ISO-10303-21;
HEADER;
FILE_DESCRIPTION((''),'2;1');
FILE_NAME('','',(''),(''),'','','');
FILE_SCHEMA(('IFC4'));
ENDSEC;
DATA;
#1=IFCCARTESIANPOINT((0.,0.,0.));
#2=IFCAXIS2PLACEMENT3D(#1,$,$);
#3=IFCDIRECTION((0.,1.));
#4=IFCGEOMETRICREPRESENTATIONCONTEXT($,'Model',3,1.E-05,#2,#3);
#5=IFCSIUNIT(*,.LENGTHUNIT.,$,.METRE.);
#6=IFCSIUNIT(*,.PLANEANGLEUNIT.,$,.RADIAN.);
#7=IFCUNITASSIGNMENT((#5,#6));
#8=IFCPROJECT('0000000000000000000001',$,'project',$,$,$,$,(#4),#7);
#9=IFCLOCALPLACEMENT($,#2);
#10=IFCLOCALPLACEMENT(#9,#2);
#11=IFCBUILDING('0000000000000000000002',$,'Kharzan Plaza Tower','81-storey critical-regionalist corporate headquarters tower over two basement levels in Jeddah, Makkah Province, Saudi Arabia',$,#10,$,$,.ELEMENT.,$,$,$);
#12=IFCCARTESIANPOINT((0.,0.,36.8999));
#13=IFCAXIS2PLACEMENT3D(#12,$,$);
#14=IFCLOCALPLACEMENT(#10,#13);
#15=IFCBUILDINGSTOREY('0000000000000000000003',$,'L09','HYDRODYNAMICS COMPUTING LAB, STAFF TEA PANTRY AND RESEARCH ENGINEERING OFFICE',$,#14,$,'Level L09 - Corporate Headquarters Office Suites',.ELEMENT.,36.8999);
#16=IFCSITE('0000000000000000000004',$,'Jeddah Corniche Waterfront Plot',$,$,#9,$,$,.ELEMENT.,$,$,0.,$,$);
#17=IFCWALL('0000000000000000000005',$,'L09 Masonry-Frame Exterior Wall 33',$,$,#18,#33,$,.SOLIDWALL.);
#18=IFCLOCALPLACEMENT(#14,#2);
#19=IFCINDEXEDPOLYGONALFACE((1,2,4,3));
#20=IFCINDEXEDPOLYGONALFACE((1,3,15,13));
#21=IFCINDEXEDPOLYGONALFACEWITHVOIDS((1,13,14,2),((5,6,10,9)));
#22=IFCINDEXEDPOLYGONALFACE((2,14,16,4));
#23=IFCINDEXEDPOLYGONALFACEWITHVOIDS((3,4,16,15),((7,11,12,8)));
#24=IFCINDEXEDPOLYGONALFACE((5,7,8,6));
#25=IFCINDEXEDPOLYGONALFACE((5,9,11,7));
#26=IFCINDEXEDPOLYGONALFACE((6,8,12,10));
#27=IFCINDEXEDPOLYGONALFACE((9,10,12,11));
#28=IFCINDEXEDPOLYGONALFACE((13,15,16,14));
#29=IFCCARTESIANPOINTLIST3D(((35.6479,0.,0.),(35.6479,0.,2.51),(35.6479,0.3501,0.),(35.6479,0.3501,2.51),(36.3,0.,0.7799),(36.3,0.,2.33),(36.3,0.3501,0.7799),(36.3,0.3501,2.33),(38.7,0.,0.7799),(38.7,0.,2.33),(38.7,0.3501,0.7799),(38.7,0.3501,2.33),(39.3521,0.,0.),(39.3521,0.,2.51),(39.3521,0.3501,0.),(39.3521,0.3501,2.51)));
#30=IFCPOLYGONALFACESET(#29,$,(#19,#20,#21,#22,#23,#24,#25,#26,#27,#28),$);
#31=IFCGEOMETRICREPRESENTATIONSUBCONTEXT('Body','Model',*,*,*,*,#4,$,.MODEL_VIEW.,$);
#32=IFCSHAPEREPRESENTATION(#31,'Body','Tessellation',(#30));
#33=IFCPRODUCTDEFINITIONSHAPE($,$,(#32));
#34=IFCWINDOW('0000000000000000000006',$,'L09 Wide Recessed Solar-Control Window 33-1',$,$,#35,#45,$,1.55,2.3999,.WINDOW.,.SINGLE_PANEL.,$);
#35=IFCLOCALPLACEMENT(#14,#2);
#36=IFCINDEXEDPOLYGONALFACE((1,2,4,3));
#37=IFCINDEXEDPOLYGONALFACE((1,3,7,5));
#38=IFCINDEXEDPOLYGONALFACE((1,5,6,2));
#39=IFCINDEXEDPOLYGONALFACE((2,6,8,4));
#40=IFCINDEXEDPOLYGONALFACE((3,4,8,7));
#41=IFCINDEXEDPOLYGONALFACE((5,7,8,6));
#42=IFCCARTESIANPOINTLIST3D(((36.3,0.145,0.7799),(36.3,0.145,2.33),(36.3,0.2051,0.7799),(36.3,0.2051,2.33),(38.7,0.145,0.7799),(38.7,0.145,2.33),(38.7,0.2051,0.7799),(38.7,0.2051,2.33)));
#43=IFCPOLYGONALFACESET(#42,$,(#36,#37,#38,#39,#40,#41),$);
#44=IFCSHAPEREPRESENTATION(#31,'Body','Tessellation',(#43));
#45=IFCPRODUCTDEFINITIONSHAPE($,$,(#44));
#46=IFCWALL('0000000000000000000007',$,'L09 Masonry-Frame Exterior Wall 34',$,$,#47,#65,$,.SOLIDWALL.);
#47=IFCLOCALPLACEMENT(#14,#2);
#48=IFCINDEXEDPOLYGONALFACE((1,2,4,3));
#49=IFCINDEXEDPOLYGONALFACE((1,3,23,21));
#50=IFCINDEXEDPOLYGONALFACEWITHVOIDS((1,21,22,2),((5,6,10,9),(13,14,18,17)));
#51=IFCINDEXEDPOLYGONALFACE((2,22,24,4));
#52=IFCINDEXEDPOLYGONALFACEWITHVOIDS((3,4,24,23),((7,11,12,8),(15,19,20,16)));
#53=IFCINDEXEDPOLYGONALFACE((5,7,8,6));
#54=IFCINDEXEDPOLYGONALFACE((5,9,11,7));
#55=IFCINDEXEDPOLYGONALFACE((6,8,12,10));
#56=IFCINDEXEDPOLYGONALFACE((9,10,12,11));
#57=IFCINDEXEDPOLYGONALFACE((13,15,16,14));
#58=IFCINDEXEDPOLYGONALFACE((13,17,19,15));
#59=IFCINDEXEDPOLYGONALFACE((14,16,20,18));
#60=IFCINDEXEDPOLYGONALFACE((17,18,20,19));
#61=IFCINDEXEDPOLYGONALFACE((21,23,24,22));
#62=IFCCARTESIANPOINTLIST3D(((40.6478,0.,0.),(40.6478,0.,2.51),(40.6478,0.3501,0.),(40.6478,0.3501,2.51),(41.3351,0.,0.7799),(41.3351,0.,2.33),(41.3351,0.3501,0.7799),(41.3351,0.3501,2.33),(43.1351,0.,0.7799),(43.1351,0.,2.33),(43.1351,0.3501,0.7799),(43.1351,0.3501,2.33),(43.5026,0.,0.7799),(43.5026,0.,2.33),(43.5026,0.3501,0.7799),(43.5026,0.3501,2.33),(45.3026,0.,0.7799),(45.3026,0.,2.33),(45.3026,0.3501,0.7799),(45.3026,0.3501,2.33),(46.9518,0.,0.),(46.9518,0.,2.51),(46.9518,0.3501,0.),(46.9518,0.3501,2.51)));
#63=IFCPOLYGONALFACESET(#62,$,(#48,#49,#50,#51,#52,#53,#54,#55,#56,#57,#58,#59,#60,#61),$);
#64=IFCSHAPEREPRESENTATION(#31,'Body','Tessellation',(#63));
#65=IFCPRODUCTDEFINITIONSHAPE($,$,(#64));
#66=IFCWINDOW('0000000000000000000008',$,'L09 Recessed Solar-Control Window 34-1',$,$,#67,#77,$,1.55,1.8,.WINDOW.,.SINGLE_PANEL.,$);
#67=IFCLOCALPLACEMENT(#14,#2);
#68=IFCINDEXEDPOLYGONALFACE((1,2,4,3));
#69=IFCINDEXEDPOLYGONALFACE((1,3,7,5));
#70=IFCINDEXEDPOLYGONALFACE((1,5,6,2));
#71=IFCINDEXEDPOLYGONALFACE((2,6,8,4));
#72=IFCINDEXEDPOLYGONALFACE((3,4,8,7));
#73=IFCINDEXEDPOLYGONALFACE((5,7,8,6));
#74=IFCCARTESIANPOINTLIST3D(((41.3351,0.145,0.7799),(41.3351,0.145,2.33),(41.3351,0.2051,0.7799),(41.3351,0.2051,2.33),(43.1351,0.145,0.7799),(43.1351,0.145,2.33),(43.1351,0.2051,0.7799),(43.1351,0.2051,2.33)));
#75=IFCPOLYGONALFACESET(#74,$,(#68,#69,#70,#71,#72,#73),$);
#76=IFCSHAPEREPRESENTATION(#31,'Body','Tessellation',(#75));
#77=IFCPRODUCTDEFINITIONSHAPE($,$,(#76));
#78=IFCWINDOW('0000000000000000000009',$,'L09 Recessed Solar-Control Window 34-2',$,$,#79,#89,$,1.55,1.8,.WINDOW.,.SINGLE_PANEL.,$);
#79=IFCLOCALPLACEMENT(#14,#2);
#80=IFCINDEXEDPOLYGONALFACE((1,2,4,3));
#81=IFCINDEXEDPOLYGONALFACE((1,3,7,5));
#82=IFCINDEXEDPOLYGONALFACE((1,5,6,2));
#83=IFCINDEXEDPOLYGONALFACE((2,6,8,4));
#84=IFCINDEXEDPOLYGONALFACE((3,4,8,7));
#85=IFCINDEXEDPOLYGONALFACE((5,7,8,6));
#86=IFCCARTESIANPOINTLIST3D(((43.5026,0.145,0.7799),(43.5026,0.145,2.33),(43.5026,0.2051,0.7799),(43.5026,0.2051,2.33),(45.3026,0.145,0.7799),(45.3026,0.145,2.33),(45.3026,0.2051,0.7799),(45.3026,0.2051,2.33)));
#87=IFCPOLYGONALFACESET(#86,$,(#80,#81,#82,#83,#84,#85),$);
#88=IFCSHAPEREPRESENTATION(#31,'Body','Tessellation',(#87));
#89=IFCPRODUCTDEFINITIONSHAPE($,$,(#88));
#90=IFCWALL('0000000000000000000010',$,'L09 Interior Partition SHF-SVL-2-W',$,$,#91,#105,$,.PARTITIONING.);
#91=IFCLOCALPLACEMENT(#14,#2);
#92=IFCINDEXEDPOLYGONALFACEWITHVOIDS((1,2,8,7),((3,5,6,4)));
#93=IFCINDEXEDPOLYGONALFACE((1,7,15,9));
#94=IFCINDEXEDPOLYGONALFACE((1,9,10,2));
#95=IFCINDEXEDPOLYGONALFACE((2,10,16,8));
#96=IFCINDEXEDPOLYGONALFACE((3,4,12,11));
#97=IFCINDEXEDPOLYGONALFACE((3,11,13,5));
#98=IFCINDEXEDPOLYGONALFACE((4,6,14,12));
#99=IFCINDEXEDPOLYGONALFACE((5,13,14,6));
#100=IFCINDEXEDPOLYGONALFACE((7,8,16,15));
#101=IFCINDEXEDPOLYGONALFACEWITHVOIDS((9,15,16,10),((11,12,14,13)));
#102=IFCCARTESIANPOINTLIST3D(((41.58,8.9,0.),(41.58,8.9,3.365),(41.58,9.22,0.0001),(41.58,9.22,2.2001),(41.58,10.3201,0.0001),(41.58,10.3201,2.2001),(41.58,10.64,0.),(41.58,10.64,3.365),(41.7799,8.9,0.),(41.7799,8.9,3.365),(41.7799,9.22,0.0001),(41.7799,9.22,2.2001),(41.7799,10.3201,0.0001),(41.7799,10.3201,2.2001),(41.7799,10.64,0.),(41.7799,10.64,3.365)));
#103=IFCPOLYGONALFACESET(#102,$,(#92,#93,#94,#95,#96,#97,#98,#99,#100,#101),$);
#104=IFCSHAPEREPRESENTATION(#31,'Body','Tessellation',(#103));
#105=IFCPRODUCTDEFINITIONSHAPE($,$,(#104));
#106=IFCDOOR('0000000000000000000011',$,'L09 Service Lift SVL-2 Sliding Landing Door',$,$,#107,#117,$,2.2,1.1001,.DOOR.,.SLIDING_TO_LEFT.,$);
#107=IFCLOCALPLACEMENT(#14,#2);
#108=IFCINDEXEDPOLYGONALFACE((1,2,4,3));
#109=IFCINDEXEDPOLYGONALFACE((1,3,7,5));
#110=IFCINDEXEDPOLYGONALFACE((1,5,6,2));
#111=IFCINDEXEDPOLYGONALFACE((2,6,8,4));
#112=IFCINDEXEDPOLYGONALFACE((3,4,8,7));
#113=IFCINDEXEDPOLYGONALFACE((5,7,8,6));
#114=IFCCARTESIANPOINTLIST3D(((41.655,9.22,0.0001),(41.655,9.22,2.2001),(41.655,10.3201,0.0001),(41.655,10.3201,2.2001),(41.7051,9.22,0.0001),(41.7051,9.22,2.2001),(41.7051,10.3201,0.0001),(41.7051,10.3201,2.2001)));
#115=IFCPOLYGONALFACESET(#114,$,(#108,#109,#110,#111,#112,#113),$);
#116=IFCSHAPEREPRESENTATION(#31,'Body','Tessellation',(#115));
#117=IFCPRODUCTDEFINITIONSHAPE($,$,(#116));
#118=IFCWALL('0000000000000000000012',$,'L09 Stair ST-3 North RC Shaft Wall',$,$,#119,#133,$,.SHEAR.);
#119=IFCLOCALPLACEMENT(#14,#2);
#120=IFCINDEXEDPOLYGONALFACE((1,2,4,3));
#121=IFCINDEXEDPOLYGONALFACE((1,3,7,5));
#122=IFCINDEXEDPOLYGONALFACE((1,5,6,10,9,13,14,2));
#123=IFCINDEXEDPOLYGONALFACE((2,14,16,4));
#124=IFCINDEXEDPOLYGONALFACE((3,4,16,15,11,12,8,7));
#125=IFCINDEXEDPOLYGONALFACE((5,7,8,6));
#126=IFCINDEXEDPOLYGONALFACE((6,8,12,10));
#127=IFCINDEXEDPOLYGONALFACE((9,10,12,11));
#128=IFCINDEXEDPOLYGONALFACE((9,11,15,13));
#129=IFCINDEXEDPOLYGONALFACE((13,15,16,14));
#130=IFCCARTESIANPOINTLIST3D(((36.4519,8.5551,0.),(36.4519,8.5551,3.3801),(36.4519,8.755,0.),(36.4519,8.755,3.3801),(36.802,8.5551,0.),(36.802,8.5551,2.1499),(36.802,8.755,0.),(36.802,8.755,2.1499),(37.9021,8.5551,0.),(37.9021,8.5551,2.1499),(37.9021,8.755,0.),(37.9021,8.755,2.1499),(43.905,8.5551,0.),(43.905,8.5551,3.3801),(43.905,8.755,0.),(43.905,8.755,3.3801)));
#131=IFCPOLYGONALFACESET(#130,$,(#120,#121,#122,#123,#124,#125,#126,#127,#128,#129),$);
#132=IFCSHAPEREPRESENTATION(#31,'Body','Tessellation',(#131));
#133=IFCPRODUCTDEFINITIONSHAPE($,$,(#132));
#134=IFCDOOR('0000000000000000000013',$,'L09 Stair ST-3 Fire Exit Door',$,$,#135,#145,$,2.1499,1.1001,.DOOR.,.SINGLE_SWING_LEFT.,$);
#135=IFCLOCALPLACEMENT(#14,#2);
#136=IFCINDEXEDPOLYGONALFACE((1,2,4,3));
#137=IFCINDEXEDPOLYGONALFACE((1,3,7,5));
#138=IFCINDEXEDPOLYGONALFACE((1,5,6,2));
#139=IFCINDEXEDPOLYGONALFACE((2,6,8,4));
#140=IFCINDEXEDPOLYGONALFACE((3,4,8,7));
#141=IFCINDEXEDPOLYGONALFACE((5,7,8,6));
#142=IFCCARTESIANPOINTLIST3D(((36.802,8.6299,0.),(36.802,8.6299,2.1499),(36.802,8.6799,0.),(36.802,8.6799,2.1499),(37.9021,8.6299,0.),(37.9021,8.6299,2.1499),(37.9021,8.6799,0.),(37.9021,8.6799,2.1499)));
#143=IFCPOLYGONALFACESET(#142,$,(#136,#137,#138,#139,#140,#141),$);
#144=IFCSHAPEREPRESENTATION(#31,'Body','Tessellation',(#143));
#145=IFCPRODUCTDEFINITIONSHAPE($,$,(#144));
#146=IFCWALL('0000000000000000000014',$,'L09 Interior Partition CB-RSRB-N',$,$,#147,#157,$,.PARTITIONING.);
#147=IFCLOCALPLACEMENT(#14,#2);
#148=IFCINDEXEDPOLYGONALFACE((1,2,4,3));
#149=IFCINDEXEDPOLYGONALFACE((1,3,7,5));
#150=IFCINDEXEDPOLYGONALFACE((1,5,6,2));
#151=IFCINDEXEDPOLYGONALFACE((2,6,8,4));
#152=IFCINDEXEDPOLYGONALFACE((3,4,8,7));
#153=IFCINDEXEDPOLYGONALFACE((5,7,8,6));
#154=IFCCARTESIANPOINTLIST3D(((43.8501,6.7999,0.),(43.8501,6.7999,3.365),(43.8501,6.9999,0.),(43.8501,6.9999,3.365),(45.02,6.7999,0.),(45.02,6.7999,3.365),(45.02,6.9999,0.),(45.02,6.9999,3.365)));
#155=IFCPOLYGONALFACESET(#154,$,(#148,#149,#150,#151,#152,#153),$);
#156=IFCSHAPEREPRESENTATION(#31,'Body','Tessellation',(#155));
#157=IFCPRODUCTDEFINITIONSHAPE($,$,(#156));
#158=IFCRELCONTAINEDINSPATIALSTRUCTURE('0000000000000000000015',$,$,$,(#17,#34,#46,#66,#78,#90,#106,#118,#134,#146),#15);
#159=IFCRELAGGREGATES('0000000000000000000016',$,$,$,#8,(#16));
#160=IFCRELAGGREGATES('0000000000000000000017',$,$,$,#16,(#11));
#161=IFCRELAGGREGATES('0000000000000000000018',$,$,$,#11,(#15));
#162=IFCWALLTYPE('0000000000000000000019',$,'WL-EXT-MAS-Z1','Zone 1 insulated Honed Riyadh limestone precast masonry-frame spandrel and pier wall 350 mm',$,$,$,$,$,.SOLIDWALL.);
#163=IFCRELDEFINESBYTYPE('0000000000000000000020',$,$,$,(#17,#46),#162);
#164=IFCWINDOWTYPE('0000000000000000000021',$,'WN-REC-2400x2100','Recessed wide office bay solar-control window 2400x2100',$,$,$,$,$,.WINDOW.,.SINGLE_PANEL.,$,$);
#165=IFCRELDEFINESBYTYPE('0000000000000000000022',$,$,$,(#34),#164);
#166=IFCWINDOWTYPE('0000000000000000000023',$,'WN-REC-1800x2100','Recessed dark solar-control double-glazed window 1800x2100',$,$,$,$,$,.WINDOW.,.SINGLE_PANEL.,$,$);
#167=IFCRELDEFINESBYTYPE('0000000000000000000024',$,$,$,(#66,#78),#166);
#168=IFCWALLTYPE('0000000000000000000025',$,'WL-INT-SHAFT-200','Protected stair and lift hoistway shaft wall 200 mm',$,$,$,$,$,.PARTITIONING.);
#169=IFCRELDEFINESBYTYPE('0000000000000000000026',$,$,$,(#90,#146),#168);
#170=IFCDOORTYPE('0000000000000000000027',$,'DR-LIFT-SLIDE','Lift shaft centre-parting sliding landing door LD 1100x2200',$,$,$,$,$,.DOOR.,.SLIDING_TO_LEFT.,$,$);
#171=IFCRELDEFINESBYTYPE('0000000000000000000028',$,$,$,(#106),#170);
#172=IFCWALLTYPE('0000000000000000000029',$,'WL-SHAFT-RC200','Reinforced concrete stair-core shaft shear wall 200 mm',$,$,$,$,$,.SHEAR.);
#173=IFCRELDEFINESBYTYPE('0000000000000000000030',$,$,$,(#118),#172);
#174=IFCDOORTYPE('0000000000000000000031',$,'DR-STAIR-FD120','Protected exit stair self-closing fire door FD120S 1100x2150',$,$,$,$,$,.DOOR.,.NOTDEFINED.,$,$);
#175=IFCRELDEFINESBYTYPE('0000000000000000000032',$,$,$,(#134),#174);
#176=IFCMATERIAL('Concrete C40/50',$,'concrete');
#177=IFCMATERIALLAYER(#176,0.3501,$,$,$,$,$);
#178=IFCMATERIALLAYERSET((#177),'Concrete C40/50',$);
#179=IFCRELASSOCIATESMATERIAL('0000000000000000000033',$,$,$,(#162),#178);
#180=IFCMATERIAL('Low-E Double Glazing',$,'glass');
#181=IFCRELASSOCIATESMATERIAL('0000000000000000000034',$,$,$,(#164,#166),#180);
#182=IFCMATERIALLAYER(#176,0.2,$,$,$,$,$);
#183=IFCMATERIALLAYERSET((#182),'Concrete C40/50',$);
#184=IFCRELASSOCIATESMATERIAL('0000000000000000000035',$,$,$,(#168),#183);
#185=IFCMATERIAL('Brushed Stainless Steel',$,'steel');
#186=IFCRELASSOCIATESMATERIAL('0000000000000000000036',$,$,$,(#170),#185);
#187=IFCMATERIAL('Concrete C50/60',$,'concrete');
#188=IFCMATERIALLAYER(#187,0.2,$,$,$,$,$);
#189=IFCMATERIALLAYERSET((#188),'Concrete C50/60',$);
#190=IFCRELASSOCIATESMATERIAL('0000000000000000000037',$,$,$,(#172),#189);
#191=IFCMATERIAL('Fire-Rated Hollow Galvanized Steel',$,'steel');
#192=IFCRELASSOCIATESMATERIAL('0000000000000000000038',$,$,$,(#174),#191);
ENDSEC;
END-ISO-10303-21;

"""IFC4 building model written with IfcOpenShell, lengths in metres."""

from ifc_helpers import new_model, si_unit, direction, frame, frame_2d, origin, place, context, subcontext, project, spatial, rectangle, extrude, source, transform, mapped, material, layer, layer_set, type_object, element, fill, save


model = new_model("IFC4")

# Units and contexts
model_context = context("Model", 3, precision=1e-05, world=origin(), true_north=direction((0.0, 1.0)))
body_context = subcontext(model_context, "Body", "Model", "MODEL_VIEW")
ifc_project = project(units=[si_unit("LENGTHUNIT", "METRE"), si_unit("PLANEANGLEUNIT", "RADIAN")], contexts=[model_context])

# Site, building, storey
site_placement = place(None, origin())
site = spatial("IfcSite", under=ifc_project, at=site_placement, Name="Jeddah Corniche Waterfront Plot", CompositionType="ELEMENT", RefElevation=0.0)
building_placement = place(site_placement, origin())
building = spatial("IfcBuilding", under=site, at=building_placement, Name="Kharzan Plaza Tower", Description="81-storey critical-regionalist corporate headquarters tower over two basement levels in Jeddah, Makkah Province, Saudi Arabia", CompositionType="ELEMENT")
storey_placement = place(building_placement, frame((0.0, 0.0, 36.8999)))
storey = spatial("IfcBuildingStorey", under=building, at=storey_placement, Name="L09", Description="HYDRODYNAMICS COMPUTING LAB, STAFF TEA PANTRY AND RESEARCH ENGINEERING OFFICE", LongName="Level L09 - Corporate Headquarters Office Suites", CompositionType="ELEMENT", Elevation=36.8999)

# Wall, opening, window
ifc_material_1 = material(Name="Concrete C40/50", Category="concrete")
ifc_layer_1 = layer(ifc_material_1, 0.3501)
ifc_layer_set_1 = layer_set([ifc_layer_1], Name="Concrete C40/50")
wall_type_1 = type_object("IfcWallType", Name="WL-EXT-MAS-Z1", Description="Zone 1 insulated Honed Riyadh limestone precast masonry-frame spandrel and pier wall 350 mm", PredefinedType="SOLIDWALL", material=ifc_layer_set_1)
wall_1_placement = place(storey_placement, frame((35.6479, 0.175, 0.0), z_axis=(0.0, 0.0, 1.0), x_axis=(1.0, 0.0, 0.0)))
wall_1 = element("IfcWall", 1, at=wall_1_placement, inside=storey, type_object=wall_type_1, Name="L09 Masonry-Frame Exterior Wall 33", PredefinedType="SOLIDWALL", context=body_context, shape_type="SweptSolid", body=[
    extrude(rectangle(XDim=3.7041, YDim=0.3501, at=frame_2d((1.8521, 0.0))), origin(), (0.0, 0.0, 1.0), 2.51),
])
opening_1_placement = place(wall_1_placement, frame((0.6521, 0.0, 0.78)))
opening_1 = element("IfcOpeningElement", 2, at=opening_1_placement, cuts=wall_1, PredefinedType="OPENING", context=body_context, shape_type="SweptSolid", body=[
    extrude(rectangle(XDim=2.3999, YDim=1.55, at=frame_2d((1.2, 0.7749))), frame((0.0, 0.1851, 0.0), z_axis=(0.0, -1.0, 0.0), x_axis=(1.0, 0.0, 0.0)), (0.0, 0.0, 1.0), 0.3701),
])
ifc_material_2 = material(Name="Low-E Double Glazing", Category="glass")
window_type_1 = type_object("IfcWindowType", Name="WN-REC-2400x2100", Description="Recessed wide office bay solar-control window 2400x2100", PartitioningType="SINGLE_PANEL", PredefinedType="WINDOW", material=ifc_material_2)
shared_shape_1 = source(origin(), body_context, "Body", "SweptSolid", [
    extrude(rectangle(XDim=2.3999, YDim=1.55, at=frame_2d((1.2, 0.7749))), frame((0.0, 0.03, 0.0), z_axis=(0.0, -1.0, 0.0), x_axis=(1.0, 0.0, 0.0)), (0.0, 0.0, 1.0), 0.0601),
])
window_1_placement = place(opening_1_placement, origin())
window_1 = element("IfcWindow", 3, at=window_1_placement, inside=storey, type_object=window_type_1, Name="L09 Wide Recessed Solar-Control Window 33-1", OverallHeight=1.55, OverallWidth=2.3999, PartitioningType="SINGLE_PANEL", PredefinedType="WINDOW", context=body_context, shape_type="MappedRepresentation", body=[
    mapped(shared_shape_1, transform((0.0, 0.0, 0.0), x_axis=(1.0, 0.0, 0.0), y_axis=(0.0, 1.0, 0.0), z_axis=(0.0, 0.0, 1.0))),
])
fill(opening_1, window_1)

# Wall, openings, windows
wall_2_placement = place(storey_placement, frame((40.6479, 0.175, 0.0), z_axis=(0.0, 0.0, 1.0), x_axis=(1.0, 0.0, 0.0)))
wall_2 = element("IfcWall", 4, at=wall_2_placement, inside=storey, type_object=wall_type_1, Name="L09 Masonry-Frame Exterior Wall 34", PredefinedType="SOLIDWALL", context=body_context, shape_type="SweptSolid", body=[
    extrude(rectangle(XDim=6.304, YDim=0.3501, at=frame_2d((3.1519, 0.0))), origin(), (0.0, 0.0, 1.0), 2.51),
])
opening_2_placement = place(wall_2_placement, frame((0.6873, 0.0, 0.78)))
opening_2 = element("IfcOpeningElement", 5, at=opening_2_placement, cuts=wall_2, PredefinedType="OPENING", context=body_context, shape_type="SweptSolid", body=[
    extrude(rectangle(XDim=1.8, YDim=1.55, at=frame_2d((0.8999, 0.7749))), frame((0.0, 0.1851, 0.0), z_axis=(0.0, -1.0, 0.0), x_axis=(1.0, 0.0, 0.0)), (0.0, 0.0, 1.0), 0.3701),
])
opening_3_placement = place(wall_2_placement, frame((2.8547, 0.0, 0.78)))
opening_3 = element("IfcOpeningElement", 6, at=opening_3_placement, cuts=wall_2, PredefinedType="OPENING", context=body_context, shape_type="SweptSolid", body=[
    extrude(rectangle(XDim=1.8, YDim=1.55, at=frame_2d((0.8999, 0.7749))), frame((0.0, 0.1851, 0.0), z_axis=(0.0, -1.0, 0.0), x_axis=(1.0, 0.0, 0.0)), (0.0, 0.0, 1.0), 0.3701),
])
window_type_2 = type_object("IfcWindowType", Name="WN-REC-1800x2100", Description="Recessed dark solar-control double-glazed window 1800x2100", PartitioningType="SINGLE_PANEL", PredefinedType="WINDOW", material=ifc_material_2)
shared_shape_2 = source(origin(), body_context, "Body", "SweptSolid", [
    extrude(rectangle(XDim=1.8, YDim=1.55, at=frame_2d((0.8999, 0.7749))), frame((0.0, 0.03, 0.0), z_axis=(0.0, -1.0, 0.0), x_axis=(1.0, 0.0, 0.0)), (0.0, 0.0, 1.0), 0.0601),
])
window_2_placement = place(opening_2_placement, origin())
window_2 = element("IfcWindow", 7, at=window_2_placement, inside=storey, type_object=window_type_2, Name="L09 Recessed Solar-Control Window 34-1", OverallHeight=1.55, OverallWidth=1.8, PartitioningType="SINGLE_PANEL", PredefinedType="WINDOW", context=body_context, shape_type="MappedRepresentation", body=[
    mapped(shared_shape_2, transform((0.0, 0.0, 0.0), x_axis=(1.0, 0.0, 0.0), y_axis=(0.0, 1.0, 0.0), z_axis=(0.0, 0.0, 1.0))),
])
fill(opening_2, window_2)
window_3_placement = place(opening_3_placement, origin())
window_3 = element("IfcWindow", 8, at=window_3_placement, inside=storey, type_object=window_type_2, Name="L09 Recessed Solar-Control Window 34-2", OverallHeight=1.55, OverallWidth=1.8, PartitioningType="SINGLE_PANEL", PredefinedType="WINDOW", context=body_context, shape_type="MappedRepresentation", body=[
    mapped(shared_shape_2, transform((0.0, 0.0, 0.0), x_axis=(1.0, 0.0, 0.0), y_axis=(0.0, 1.0, 0.0), z_axis=(0.0, 0.0, 1.0))),
])
fill(opening_3, window_3)

# Walls, openings, doors
ifc_layer_2 = layer(ifc_material_1, 0.2)
ifc_layer_set_2 = layer_set([ifc_layer_2], Name="Concrete C40/50")
wall_type_2 = type_object("IfcWallType", Name="WL-INT-SHAFT-200", Description="Protected stair and lift hoistway shaft wall 200 mm", PredefinedType="PARTITIONING", material=ifc_layer_set_2)
wall_3_placement = place(storey_placement, frame((41.6799, 8.8999, 0.0), z_axis=(0.0, 0.0, 1.0), x_axis=(0.0, 1.0, 0.0)))
wall_3 = element("IfcWall", 9, at=wall_3_placement, inside=storey, type_object=wall_type_2, Name="L09 Interior Partition SHF-SVL-2-W", PredefinedType="PARTITIONING", context=body_context, shape_type="SweptSolid", body=[
    extrude(rectangle(XDim=1.74, YDim=0.2, at=frame_2d((0.8701, 0.0))), origin(), (0.0, 0.0, 1.0), 3.365),
])
opening_4_placement = place(wall_3_placement, frame((0.3201, 0.0, 0.0)))
opening_4 = element("IfcOpeningElement", 10, at=opening_4_placement, cuts=wall_3, PredefinedType="OPENING", context=body_context, shape_type="SweptSolid", body=[
    extrude(rectangle(XDim=1.1001, YDim=2.2, at=frame_2d((0.55, 1.1001))), frame((0.0, 0.1099, 0.0), z_axis=(0.0, -1.0, 0.0), x_axis=(1.0, 0.0, 0.0)), (0.0, 0.0, 1.0), 0.22),
])
ifc_material_3 = material(Name="Brushed Stainless Steel", Category="steel")
door_type_1 = type_object("IfcDoorType", Name="DR-LIFT-SLIDE", Description="Lift shaft centre-parting sliding landing door LD 1100x2200", OperationType="SLIDING_TO_LEFT", PredefinedType="DOOR", material=ifc_material_3)
shared_shape_3 = source(origin(), body_context, "Body", "SweptSolid", [
    extrude(rectangle(XDim=1.1001, YDim=2.2, at=frame_2d((0.55, 1.1001))), frame((0.0, 0.0249, 0.0), z_axis=(0.0, -1.0, 0.0), x_axis=(1.0, 0.0, 0.0)), (0.0, 0.0, 1.0), 0.05),
])
door_1_placement = place(opening_4_placement, origin())
door_1 = element("IfcDoor", 11, at=door_1_placement, inside=storey, type_object=door_type_1, Name="L09 Service Lift SVL-2 Sliding Landing Door", OperationType="SLIDING_TO_LEFT", OverallHeight=2.2, OverallWidth=1.1001, PredefinedType="DOOR", context=body_context, shape_type="MappedRepresentation", body=[
    mapped(shared_shape_3, transform((0.0, 0.0, 0.0), x_axis=(1.0, 0.0, 0.0), y_axis=(0.0, 1.0, 0.0), z_axis=(0.0, 0.0, 1.0))),
])
fill(opening_4, door_1)
ifc_material_4 = material(Name="Concrete C50/60", Category="concrete")
ifc_layer_3 = layer(ifc_material_4, 0.2)
ifc_layer_set_3 = layer_set([ifc_layer_3], Name="Concrete C50/60")
wall_type_3 = type_object("IfcWallType", Name="WL-SHAFT-RC200", Description="Reinforced concrete stair-core shaft shear wall 200 mm", PredefinedType="SHEAR", material=ifc_layer_set_3)
wall_4_placement = place(storey_placement, frame((36.4519, 8.655, 0.0), z_axis=(0.0, 0.0, 1.0), x_axis=(1.0, 0.0, 0.0)))
wall_4 = element("IfcWall", 12, at=wall_4_placement, inside=storey, type_object=wall_type_3, Name="L09 Stair ST-3 North RC Shaft Wall", PredefinedType="SHEAR", context=body_context, shape_type="SweptSolid", body=[
    extrude(rectangle(XDim=7.4531, YDim=0.2, at=frame_2d((3.7266, 0.0))), origin(), (0.0, 0.0, 1.0), 3.3801),
])
opening_5_placement = place(wall_4_placement, frame((0.3501, 0.0, 0.0)))
opening_5 = element("IfcOpeningElement", 13, at=opening_5_placement, cuts=wall_4, PredefinedType="OPENING", context=body_context, shape_type="SweptSolid", body=[
    extrude(rectangle(XDim=1.1001, YDim=2.1499, at=frame_2d((0.55, 1.075))), frame((0.0, 0.1099, 0.0), z_axis=(0.0, -1.0, 0.0), x_axis=(1.0, 0.0, 0.0)), (0.0, 0.0, 1.0), 0.22),
])
ifc_material_5 = material(Name="Fire-Rated Hollow Galvanized Steel", Category="steel")
door_type_2 = type_object("IfcDoorType", Name="DR-STAIR-FD120", Description="Protected exit stair self-closing fire door FD120S 1100x2150", OperationType="NOTDEFINED", PredefinedType="DOOR", material=ifc_material_5)
shared_shape_4 = source(origin(), body_context, "Body", "SweptSolid", [
    extrude(rectangle(XDim=1.1001, YDim=2.1499, at=frame_2d((0.55, 1.075))), frame((0.0, 0.0249, 0.0), z_axis=(0.0, -1.0, 0.0), x_axis=(1.0, 0.0, 0.0)), (0.0, 0.0, 1.0), 0.05),
])
door_2_placement = place(opening_5_placement, origin())
door_2 = element("IfcDoor", 14, at=door_2_placement, inside=storey, type_object=door_type_2, Name="L09 Stair ST-3 Fire Exit Door", OperationType="SINGLE_SWING_LEFT", OverallHeight=2.1499, OverallWidth=1.1001, PredefinedType="DOOR", context=body_context, shape_type="MappedRepresentation", body=[
    mapped(shared_shape_4, transform((0.0, 0.0, 0.0), x_axis=(1.0, 0.0, 0.0), y_axis=(0.0, 1.0, 0.0), z_axis=(0.0, 0.0, 1.0))),
])
fill(opening_5, door_2)

# Wall
shared_shape_5 = source(origin(), body_context, "Body", "SweptSolid", [
    extrude(rectangle(XDim=1.1699, YDim=0.2, at=frame_2d((0.585, 0.0))), origin(), (0.0, 0.0, 1.0), 3.365),
])
wall_5_placement = place(storey_placement, frame((43.8501, 6.8999, 0.0), z_axis=(0.0, 0.0, 1.0), x_axis=(1.0, 0.0, 0.0)))
element("IfcWall", 15, at=wall_5_placement, inside=storey, type_object=wall_type_2, Name="L09 Interior Partition CB-RSRB-N", PredefinedType="PARTITIONING", context=body_context, shape_type="MappedRepresentation", body=[
    mapped(shared_shape_5, transform((0.0, 0.0, 0.0), x_axis=(1.0, 0.0, 0.0), y_axis=(0.0, 1.0, 0.0), z_axis=(0.0, 0.0, 1.0))),
])

save(model, "model.ifc")
